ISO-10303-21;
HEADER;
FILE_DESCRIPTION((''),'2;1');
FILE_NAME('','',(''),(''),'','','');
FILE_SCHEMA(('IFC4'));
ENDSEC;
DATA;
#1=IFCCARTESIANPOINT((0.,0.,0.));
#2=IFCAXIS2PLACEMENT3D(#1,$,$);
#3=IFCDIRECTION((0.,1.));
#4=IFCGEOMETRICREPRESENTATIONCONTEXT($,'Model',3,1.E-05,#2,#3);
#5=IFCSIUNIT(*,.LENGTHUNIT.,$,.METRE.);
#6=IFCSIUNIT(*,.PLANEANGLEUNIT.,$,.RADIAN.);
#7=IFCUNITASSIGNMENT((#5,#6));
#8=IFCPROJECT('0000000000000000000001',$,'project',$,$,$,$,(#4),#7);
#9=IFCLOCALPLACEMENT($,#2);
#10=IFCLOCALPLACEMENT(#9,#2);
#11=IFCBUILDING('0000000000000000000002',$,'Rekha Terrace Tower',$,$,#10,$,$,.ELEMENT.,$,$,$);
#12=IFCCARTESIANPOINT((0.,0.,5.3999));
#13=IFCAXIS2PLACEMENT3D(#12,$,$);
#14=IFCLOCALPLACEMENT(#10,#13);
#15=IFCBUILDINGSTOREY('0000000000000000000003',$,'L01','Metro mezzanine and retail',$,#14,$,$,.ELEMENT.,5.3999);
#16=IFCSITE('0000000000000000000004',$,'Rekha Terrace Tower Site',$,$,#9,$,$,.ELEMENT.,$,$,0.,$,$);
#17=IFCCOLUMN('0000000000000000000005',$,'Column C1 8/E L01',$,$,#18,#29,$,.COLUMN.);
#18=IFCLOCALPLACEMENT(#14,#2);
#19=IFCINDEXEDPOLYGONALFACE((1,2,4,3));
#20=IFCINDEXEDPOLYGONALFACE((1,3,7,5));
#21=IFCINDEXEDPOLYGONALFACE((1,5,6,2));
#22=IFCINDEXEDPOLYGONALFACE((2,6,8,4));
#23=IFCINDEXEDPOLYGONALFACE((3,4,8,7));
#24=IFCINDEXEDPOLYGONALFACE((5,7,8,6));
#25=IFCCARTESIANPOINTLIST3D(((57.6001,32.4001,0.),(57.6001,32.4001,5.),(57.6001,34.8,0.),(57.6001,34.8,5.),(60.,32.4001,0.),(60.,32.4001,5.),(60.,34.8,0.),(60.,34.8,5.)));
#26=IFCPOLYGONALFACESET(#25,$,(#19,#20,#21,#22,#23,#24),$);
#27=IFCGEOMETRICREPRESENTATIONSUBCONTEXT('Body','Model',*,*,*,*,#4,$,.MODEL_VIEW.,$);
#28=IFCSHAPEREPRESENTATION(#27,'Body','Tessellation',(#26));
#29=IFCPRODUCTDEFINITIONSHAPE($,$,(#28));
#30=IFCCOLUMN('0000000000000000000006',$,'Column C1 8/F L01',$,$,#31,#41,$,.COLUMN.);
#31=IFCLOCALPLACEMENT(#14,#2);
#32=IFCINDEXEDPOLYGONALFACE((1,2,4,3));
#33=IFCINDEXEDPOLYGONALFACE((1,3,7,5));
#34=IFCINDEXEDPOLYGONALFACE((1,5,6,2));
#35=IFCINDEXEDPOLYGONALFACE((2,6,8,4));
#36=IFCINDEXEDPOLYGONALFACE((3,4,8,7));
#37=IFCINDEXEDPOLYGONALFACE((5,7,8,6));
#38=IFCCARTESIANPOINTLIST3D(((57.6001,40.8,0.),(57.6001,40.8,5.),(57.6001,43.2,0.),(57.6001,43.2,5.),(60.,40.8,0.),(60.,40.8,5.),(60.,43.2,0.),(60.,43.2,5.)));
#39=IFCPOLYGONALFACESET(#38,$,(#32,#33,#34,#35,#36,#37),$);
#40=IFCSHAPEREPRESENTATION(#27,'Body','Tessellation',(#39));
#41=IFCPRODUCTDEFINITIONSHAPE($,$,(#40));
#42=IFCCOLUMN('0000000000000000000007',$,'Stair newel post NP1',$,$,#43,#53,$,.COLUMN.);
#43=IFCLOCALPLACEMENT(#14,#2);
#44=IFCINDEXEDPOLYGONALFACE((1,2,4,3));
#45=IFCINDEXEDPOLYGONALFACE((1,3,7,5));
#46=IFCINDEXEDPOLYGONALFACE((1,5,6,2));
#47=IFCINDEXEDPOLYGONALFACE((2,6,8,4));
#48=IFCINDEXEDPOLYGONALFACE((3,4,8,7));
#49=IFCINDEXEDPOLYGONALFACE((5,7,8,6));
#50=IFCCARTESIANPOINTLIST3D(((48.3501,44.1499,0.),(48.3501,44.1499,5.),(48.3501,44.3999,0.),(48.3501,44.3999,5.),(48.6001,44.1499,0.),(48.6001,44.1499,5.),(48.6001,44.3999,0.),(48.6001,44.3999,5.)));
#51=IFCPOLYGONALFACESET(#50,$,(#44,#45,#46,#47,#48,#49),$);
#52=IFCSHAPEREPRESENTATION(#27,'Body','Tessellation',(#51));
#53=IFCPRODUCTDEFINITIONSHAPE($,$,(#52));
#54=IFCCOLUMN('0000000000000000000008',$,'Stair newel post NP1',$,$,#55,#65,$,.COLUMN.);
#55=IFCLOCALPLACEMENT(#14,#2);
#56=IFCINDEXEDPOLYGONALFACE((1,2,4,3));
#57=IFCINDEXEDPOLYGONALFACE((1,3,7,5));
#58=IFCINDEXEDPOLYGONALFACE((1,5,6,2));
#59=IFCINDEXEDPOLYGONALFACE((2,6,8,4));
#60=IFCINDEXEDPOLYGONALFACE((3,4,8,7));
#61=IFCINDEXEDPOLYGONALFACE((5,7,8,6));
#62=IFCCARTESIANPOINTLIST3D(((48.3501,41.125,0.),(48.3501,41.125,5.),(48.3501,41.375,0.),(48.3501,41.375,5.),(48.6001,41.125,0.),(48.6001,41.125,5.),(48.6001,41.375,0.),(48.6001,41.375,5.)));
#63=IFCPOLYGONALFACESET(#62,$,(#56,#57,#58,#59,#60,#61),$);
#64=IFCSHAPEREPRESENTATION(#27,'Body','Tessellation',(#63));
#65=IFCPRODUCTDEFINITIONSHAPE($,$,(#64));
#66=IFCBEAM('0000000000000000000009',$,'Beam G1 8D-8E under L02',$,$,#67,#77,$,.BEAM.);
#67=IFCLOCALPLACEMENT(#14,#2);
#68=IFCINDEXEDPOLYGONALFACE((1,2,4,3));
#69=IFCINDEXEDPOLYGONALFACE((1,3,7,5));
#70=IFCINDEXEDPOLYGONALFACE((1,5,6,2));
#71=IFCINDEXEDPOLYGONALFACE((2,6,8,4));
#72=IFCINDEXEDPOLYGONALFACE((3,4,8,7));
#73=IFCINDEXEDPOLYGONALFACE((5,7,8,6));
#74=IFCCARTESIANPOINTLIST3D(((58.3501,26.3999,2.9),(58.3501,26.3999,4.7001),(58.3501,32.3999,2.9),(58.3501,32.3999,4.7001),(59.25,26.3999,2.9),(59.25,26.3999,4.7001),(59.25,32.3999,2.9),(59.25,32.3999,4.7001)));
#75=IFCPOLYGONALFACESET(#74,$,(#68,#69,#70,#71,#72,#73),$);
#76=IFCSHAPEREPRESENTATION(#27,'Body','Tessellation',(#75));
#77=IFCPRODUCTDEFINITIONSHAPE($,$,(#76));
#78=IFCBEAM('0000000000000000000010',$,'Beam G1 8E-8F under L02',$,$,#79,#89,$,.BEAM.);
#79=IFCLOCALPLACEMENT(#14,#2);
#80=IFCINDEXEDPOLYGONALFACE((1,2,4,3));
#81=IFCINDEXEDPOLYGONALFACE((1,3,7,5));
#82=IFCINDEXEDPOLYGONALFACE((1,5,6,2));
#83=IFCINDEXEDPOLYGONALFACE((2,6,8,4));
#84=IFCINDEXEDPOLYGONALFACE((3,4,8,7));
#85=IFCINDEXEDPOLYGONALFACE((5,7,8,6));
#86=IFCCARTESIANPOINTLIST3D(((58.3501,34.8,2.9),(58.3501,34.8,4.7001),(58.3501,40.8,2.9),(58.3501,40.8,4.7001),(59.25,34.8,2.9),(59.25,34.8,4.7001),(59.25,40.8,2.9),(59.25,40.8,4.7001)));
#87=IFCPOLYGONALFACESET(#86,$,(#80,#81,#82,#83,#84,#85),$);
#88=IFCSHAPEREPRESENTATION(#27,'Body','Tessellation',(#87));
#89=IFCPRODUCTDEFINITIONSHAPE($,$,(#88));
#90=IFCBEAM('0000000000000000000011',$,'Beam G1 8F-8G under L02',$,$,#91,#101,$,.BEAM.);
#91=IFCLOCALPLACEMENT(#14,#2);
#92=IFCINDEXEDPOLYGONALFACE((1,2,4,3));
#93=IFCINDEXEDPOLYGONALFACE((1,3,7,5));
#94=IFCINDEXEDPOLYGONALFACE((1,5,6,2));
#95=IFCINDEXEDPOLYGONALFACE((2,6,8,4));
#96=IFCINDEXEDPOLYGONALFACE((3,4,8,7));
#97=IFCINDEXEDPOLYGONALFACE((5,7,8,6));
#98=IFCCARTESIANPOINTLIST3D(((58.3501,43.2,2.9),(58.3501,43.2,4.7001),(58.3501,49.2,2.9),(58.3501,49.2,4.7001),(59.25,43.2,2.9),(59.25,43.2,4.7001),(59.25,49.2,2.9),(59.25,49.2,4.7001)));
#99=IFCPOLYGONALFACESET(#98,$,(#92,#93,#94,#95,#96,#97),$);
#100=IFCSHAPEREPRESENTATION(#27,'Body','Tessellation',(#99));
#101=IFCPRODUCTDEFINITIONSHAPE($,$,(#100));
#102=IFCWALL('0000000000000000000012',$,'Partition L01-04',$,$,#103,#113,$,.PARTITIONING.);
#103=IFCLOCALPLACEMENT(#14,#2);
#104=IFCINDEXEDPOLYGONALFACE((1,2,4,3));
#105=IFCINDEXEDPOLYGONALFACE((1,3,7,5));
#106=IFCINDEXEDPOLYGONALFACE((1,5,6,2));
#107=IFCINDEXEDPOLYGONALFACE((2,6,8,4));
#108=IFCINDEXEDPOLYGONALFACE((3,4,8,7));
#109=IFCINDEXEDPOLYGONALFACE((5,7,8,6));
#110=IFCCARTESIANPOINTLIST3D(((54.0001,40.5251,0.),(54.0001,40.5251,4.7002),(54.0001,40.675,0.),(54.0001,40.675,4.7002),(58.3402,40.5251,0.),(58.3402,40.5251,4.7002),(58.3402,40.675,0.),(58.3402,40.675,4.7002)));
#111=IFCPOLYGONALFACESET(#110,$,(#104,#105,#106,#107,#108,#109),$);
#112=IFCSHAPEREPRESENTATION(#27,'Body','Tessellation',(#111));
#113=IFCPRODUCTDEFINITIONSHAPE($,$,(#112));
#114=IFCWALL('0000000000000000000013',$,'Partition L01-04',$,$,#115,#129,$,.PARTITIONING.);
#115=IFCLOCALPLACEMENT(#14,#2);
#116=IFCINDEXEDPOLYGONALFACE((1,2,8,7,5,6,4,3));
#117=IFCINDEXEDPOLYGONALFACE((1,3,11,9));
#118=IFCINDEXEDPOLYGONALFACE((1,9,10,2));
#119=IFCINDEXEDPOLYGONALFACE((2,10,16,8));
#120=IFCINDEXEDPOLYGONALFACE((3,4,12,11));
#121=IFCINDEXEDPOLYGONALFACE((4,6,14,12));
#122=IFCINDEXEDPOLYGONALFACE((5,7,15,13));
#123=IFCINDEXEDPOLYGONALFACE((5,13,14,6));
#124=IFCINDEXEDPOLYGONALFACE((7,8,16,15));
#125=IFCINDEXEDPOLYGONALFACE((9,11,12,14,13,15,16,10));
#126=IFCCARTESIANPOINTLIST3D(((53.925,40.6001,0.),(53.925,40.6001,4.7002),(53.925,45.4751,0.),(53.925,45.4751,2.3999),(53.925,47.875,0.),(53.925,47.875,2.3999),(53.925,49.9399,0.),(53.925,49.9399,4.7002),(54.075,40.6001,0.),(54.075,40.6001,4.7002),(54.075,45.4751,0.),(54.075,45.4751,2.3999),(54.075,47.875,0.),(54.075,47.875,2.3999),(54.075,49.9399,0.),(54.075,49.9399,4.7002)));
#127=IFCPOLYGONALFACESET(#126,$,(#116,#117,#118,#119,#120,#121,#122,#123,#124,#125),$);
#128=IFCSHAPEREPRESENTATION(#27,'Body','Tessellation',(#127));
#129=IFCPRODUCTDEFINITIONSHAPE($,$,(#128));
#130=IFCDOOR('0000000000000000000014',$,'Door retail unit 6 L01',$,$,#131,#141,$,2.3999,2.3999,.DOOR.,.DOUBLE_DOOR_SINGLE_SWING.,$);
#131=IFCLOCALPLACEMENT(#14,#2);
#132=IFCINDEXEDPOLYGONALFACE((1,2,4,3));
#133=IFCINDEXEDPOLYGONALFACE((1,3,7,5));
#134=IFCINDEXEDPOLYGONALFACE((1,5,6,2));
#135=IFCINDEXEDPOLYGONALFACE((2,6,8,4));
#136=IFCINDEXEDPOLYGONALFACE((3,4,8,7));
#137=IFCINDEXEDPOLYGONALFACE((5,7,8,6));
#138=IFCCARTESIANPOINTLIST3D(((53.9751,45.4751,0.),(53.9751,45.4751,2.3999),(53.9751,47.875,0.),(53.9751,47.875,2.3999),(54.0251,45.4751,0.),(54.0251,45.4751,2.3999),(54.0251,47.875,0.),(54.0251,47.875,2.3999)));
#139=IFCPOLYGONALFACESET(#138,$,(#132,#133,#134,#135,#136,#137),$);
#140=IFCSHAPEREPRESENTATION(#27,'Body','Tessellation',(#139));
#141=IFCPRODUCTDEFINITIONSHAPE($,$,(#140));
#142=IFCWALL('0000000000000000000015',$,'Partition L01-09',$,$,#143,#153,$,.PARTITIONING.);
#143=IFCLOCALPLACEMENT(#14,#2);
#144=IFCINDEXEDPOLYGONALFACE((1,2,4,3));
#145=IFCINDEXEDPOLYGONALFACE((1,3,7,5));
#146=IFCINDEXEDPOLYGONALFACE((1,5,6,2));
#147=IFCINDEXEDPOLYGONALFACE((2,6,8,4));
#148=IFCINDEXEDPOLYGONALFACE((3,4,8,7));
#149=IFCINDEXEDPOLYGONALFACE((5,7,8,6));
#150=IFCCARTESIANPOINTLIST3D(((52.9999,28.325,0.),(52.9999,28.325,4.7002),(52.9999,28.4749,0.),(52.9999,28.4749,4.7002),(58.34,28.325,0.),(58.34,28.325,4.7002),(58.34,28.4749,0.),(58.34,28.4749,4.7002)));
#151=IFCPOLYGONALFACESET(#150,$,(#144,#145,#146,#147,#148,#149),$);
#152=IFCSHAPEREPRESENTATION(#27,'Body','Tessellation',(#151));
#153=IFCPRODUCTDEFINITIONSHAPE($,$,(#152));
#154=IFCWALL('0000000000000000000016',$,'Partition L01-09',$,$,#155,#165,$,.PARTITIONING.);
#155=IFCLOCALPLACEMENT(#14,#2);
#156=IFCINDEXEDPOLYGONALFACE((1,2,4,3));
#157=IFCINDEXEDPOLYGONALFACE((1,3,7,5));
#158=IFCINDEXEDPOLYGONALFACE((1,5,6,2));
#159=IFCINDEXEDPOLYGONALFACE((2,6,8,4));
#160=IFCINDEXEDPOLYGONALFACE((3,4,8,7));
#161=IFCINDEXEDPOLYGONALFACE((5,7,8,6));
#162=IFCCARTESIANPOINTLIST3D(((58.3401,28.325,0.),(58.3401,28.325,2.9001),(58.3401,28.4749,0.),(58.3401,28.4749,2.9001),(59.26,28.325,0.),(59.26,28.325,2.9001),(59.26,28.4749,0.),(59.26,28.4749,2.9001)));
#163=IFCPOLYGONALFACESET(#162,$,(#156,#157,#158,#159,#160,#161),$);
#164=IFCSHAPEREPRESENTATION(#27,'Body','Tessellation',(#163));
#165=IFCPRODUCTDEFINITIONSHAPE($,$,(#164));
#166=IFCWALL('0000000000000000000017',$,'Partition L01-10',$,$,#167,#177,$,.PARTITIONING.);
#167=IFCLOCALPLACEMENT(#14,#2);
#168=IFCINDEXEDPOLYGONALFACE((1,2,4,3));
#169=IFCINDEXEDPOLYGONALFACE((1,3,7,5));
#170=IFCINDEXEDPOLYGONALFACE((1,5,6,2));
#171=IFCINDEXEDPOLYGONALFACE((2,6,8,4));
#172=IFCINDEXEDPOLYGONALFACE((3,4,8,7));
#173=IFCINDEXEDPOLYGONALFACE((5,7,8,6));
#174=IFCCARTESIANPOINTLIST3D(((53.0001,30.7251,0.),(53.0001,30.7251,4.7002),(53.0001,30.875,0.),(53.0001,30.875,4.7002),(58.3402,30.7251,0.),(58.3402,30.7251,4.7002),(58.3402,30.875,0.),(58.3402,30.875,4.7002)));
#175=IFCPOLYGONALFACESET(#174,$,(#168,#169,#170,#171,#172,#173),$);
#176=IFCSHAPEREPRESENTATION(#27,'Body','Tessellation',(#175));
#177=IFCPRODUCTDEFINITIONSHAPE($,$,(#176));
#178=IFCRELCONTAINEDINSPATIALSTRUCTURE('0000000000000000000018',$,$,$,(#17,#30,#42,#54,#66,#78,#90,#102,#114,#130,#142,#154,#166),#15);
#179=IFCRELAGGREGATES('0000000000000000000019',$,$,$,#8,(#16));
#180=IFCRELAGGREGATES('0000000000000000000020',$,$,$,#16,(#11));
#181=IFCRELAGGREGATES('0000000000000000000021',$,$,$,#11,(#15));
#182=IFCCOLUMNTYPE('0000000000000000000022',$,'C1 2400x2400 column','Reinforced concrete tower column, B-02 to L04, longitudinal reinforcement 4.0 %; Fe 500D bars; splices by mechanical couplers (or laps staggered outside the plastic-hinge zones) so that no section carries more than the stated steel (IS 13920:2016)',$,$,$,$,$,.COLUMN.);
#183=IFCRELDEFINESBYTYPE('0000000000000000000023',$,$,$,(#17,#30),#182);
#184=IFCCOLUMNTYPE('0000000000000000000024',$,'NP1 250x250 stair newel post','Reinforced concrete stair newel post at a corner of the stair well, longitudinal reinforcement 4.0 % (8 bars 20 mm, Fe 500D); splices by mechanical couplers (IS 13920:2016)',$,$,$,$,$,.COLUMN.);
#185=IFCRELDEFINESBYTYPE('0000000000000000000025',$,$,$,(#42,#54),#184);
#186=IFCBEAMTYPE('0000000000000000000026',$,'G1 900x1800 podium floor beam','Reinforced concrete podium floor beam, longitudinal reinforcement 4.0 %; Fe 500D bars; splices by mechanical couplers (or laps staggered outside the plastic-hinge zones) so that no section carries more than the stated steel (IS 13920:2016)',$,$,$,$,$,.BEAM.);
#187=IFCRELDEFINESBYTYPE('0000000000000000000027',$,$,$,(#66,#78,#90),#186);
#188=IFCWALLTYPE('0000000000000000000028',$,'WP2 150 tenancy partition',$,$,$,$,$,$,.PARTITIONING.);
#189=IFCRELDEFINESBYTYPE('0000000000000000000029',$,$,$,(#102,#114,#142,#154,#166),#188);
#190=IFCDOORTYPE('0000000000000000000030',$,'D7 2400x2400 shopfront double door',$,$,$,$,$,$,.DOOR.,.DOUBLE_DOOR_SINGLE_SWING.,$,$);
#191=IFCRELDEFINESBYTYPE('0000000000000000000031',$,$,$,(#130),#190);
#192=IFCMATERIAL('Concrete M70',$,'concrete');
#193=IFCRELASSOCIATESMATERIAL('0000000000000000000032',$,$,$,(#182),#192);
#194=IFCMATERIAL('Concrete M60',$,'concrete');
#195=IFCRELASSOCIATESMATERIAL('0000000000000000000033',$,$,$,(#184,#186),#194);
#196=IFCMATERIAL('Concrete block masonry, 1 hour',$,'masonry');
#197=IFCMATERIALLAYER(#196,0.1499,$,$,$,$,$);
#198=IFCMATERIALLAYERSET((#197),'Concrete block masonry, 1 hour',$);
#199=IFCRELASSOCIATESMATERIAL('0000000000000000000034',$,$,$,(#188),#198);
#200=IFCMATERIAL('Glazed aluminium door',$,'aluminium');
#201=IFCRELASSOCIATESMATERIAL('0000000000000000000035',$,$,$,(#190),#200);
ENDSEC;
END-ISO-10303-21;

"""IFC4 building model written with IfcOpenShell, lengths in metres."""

from ifc_helpers import new_model, si_unit, direction, frame, frame_2d, origin, origin_2d, place, context, subcontext, project, spatial, rectangle, extrude, material, layer, layer_set, material_profile, profile_set, type_object, element, fill, save


model = new_model("IFC4")

# Units and contexts
model_context = context("Model", 3, precision=1e-05, world=origin(), true_north=direction((0.0, 1.0)))
body_context = subcontext(model_context, "Body", "Model", "MODEL_VIEW")
ifc_project = project(units=[si_unit("LENGTHUNIT", "METRE"), si_unit("PLANEANGLEUNIT", "RADIAN")], contexts=[model_context])

# Site, building, storey
site_placement = place(None, origin())
site = spatial("IfcSite", under=ifc_project, at=site_placement, Name="Rekha Terrace Tower Site", CompositionType="ELEMENT", RefElevation=0.0)
building_placement = place(site_placement, origin())
building = spatial("IfcBuilding", under=site, at=building_placement, Name="Rekha Terrace Tower", CompositionType="ELEMENT")
storey_placement = place(building_placement, frame((0.0, 0.0, 5.3999)))
storey = spatial("IfcBuildingStorey", under=building, at=storey_placement, Name="L01", Description="Metro mezzanine and retail", CompositionType="ELEMENT", Elevation=5.3999)

# Columns
ifc_material_1 = material(Name="Concrete M70", Category="concrete")
ifc_material_profile_1 = material_profile(ifc_material_1, rectangle(XDim=2.3999, YDim=2.3999, at=origin_2d()), Name="RC 2400x2400")
ifc_profile_set_1 = profile_set([ifc_material_profile_1], Name="Concrete M70")
column_type_1 = type_object("IfcColumnType", Name="C1 2400x2400 column", Description="Reinforced concrete tower column, B-02 to L04, longitudinal reinforcement 4.0 %; Fe 500D bars; splices by mechanical couplers (or laps staggered outside the plastic-hinge zones) so that no section carries more than the stated steel (IS 13920:2016)", PredefinedType="COLUMN", material=ifc_profile_set_1)
for number, where, z_axis, x_axis, name in (
    (1, (58.8, 33.6001, 0.0), (0.0, 0.0, 1.0), (1.0, 0.0, 0.0), "Column C1 8/E L01"),
    (2, (58.8, 42.0, 0.0), (0.0, 0.0, 1.0), (1.0, 0.0, 0.0), "Column C1 8/F L01"),
):
    element("IfcColumn", number, at=place(storey_placement, frame(where, z_axis=z_axis, x_axis=x_axis)), inside=storey, type_object=column_type_1, Name=name, PredefinedType="COLUMN", context=body_context, shape_type="SweptSolid", body=[
        extrude(rectangle(XDim=2.3999, YDim=2.3999, at=origin_2d()), origin(), (0.0, 0.0, 1.0), 5.0),
    ])
ifc_material_2 = material(Name="Concrete M60", Category="concrete")
ifc_material_profile_2 = material_profile(ifc_material_2, rectangle(XDim=0.25, YDim=0.25, at=origin_2d()), Name="RC 250x250")
ifc_profile_set_2 = profile_set([ifc_material_profile_2], Name="Concrete M60")
column_type_2 = type_object("IfcColumnType", Name="NP1 250x250 stair newel post", Description="Reinforced concrete stair newel post at a corner of the stair well, longitudinal reinforcement 4.0 % (8 bars 20 mm, Fe 500D); splices by mechanical couplers (IS 13920:2016)", PredefinedType="COLUMN", material=ifc_profile_set_2)
for number, where, z_axis, x_axis, name in (
    (3, (48.4751, 44.2749, 0.0), (0.0, 0.0, 1.0), (1.0, 0.0, 0.0), "Stair newel post NP1"),
    (4, (48.4751, 41.25, 0.0), (0.0, 0.0, 1.0), (1.0, 0.0, 0.0), "Stair newel post NP1"),
):
    element("IfcColumn", number, at=place(storey_placement, frame(where, z_axis=z_axis, x_axis=x_axis)), inside=storey, type_object=column_type_2, Name=name, PredefinedType="COLUMN", context=body_context, shape_type="SweptSolid", body=[
        extrude(rectangle(XDim=0.25, YDim=0.25, at=origin_2d()), origin(), (0.0, 0.0, 1.0), 5.0),
    ])

# Beams
ifc_material_profile_3 = material_profile(ifc_material_2, rectangle(XDim=0.8999, YDim=1.8, at=origin_2d()), Name="RC 900x1800")
ifc_profile_set_3 = profile_set([ifc_material_profile_3], Name="Concrete M60")
beam_type = type_object("IfcBeamType", Name="G1 900x1800 podium floor beam", Description="Reinforced concrete podium floor beam, longitudinal reinforcement 4.0 %; Fe 500D bars; splices by mechanical couplers (or laps staggered outside the plastic-hinge zones) so that no section carries more than the stated steel (IS 13920:2016)", PredefinedType="BEAM", material=ifc_profile_set_3)
for number, where, z_axis, x_axis, name in (
    (5, (58.8, 26.3999, 3.8), (0.0, 1.0, 0.0), (-1.0, 0.0, 0.0), "Beam G1 8D-8E under L02"),
    (6, (58.8, 34.8, 3.8), (0.0, 1.0, 0.0), (-1.0, 0.0, 0.0), "Beam G1 8E-8F under L02"),
    (7, (58.8, 43.2, 3.8), (0.0, 1.0, 0.0), (-1.0, 0.0, 0.0), "Beam G1 8F-8G under L02"),
):
    element("IfcBeam", number, at=place(storey_placement, frame(where, z_axis=z_axis, x_axis=x_axis)), inside=storey, type_object=beam_type, Name=name, PredefinedType="BEAM", context=body_context, shape_type="SweptSolid", body=[
        extrude(rectangle(XDim=0.8999, YDim=1.8, at=origin_2d()), origin(), (0.0, 0.0, 1.0), 6.0),
    ])

# Wall
ifc_material_3 = material(Name="Concrete block masonry, 1 hour", Category="masonry")
ifc_layer = layer(ifc_material_3, 0.1499)
ifc_layer_set = layer_set([ifc_layer], Name="Concrete block masonry, 1 hour")
wall_type = type_object("IfcWallType", Name="WP2 150 tenancy partition", PredefinedType="PARTITIONING", material=ifc_layer_set)
wall_1_placement = place(storey_placement, frame((58.3401, 40.6001, 0.0), z_axis=(0.0, 0.0, 1.0), x_axis=(-1.0, 0.0, 0.0)))
element("IfcWall", 8, at=wall_1_placement, inside=storey, type_object=wall_type, Name="Partition L01-04", PredefinedType="PARTITIONING", context=body_context, shape_type="SweptSolid", body=[
    extrude(rectangle(XDim=4.3401, YDim=0.1499, at=frame_2d((2.1699, 0.0))), origin(), (0.0, 0.0, 1.0), 4.7002),
])

# Wall, opening, door
wall_2_placement = place(storey_placement, frame((54.0, 40.6001, 0.0), z_axis=(0.0, 0.0, 1.0), x_axis=(0.0, 1.0, 0.0)))
wall_2 = element("IfcWall", 9, at=wall_2_placement, inside=storey, type_object=wall_type, Name="Partition L01-04", PredefinedType="PARTITIONING", context=body_context, shape_type="SweptSolid", body=[
    extrude(rectangle(XDim=9.3398, YDim=0.1499, at=frame_2d((4.6699, 0.0))), origin(), (0.0, 0.0, 1.0), 4.7002),
])
opening_1_placement = place(wall_2_placement, frame((4.875, 0.0, 0.0)))
opening_1 = element("IfcOpeningElement", 10, at=opening_1_placement, cuts=wall_2, PredefinedType="OPENING", context=body_context, shape_type="SweptSolid", body=[
    extrude(rectangle(XDim=2.3999, YDim=2.3999, at=frame_2d((1.2, 1.2))), frame((0.0, 0.085, 0.0), z_axis=(0.0, -1.0, 0.0), x_axis=(1.0, 0.0, 0.0)), (0.0, 0.0, 1.0), 0.1699),
])
ifc_material_4 = material(Name="Glazed aluminium door", Category="aluminium")
door_type = type_object("IfcDoorType", Name="D7 2400x2400 shopfront double door", OperationType="DOUBLE_DOOR_SINGLE_SWING", PredefinedType="DOOR", material=ifc_material_4)
door_1_placement = place(opening_1_placement, origin())
door_1 = element("IfcDoor", 11, at=door_1_placement, inside=storey, type_object=door_type, Name="Door retail unit 6 L01", OperationType="DOUBLE_DOOR_SINGLE_SWING", OverallHeight=2.3999, OverallWidth=2.3999, PredefinedType="DOOR", context=body_context, shape_type="SweptSolid", body=[
    extrude(rectangle(XDim=2.3999, YDim=2.3999, at=frame_2d((1.2, 1.2))), frame((0.0, 0.0249, 0.0), z_axis=(0.0, -1.0, 0.0), x_axis=(1.0, 0.0, 0.0)), (0.0, 0.0, 1.0), 0.05),
])
fill(opening_1, door_1)

# Walls
wall_3_placement = place(storey_placement, frame((53.0, 28.3999, 0.0), z_axis=(0.0, 0.0, 1.0), x_axis=(1.0, 0.0, 0.0)))
element("IfcWall", 12, at=wall_3_placement, inside=storey, type_object=wall_type, Name="Partition L01-09", PredefinedType="PARTITIONING", context=body_context, shape_type="SweptSolid", body=[
    extrude(rectangle(XDim=5.3401, YDim=0.1499, at=frame_2d((2.6699, 0.0))), origin(), (0.0, 0.0, 1.0), 4.7002),
])
wall_4_placement = place(storey_placement, frame((58.3401, 28.3999, 0.0), z_axis=(0.0, 0.0, 1.0), x_axis=(1.0, 0.0, 0.0)))
element("IfcWall", 13, at=wall_4_placement, inside=storey, type_object=wall_type, Name="Partition L01-09", PredefinedType="PARTITIONING", context=body_context, shape_type="SweptSolid", body=[
    extrude(rectangle(XDim=0.9199, YDim=0.1499, at=frame_2d((0.46, 0.0))), origin(), (0.0, 0.0, 1.0), 2.9001),
])

# Wall
wall_5_placement = place(storey_placement, frame((58.3401, 30.8, 0.0), z_axis=(0.0, 0.0, 1.0), x_axis=(-1.0, 0.0, 0.0)))
element("IfcWall", 14, at=wall_5_placement, inside=storey, type_object=wall_type, Name="Partition L01-10", PredefinedType="PARTITIONING", context=body_context, shape_type="SweptSolid", body=[
    extrude(rectangle(XDim=5.3401, YDim=0.1499, at=frame_2d((2.6699, 0.0))), origin(), (0.0, 0.0, 1.0), 4.7002),
])

save(model, "model.ifc")
